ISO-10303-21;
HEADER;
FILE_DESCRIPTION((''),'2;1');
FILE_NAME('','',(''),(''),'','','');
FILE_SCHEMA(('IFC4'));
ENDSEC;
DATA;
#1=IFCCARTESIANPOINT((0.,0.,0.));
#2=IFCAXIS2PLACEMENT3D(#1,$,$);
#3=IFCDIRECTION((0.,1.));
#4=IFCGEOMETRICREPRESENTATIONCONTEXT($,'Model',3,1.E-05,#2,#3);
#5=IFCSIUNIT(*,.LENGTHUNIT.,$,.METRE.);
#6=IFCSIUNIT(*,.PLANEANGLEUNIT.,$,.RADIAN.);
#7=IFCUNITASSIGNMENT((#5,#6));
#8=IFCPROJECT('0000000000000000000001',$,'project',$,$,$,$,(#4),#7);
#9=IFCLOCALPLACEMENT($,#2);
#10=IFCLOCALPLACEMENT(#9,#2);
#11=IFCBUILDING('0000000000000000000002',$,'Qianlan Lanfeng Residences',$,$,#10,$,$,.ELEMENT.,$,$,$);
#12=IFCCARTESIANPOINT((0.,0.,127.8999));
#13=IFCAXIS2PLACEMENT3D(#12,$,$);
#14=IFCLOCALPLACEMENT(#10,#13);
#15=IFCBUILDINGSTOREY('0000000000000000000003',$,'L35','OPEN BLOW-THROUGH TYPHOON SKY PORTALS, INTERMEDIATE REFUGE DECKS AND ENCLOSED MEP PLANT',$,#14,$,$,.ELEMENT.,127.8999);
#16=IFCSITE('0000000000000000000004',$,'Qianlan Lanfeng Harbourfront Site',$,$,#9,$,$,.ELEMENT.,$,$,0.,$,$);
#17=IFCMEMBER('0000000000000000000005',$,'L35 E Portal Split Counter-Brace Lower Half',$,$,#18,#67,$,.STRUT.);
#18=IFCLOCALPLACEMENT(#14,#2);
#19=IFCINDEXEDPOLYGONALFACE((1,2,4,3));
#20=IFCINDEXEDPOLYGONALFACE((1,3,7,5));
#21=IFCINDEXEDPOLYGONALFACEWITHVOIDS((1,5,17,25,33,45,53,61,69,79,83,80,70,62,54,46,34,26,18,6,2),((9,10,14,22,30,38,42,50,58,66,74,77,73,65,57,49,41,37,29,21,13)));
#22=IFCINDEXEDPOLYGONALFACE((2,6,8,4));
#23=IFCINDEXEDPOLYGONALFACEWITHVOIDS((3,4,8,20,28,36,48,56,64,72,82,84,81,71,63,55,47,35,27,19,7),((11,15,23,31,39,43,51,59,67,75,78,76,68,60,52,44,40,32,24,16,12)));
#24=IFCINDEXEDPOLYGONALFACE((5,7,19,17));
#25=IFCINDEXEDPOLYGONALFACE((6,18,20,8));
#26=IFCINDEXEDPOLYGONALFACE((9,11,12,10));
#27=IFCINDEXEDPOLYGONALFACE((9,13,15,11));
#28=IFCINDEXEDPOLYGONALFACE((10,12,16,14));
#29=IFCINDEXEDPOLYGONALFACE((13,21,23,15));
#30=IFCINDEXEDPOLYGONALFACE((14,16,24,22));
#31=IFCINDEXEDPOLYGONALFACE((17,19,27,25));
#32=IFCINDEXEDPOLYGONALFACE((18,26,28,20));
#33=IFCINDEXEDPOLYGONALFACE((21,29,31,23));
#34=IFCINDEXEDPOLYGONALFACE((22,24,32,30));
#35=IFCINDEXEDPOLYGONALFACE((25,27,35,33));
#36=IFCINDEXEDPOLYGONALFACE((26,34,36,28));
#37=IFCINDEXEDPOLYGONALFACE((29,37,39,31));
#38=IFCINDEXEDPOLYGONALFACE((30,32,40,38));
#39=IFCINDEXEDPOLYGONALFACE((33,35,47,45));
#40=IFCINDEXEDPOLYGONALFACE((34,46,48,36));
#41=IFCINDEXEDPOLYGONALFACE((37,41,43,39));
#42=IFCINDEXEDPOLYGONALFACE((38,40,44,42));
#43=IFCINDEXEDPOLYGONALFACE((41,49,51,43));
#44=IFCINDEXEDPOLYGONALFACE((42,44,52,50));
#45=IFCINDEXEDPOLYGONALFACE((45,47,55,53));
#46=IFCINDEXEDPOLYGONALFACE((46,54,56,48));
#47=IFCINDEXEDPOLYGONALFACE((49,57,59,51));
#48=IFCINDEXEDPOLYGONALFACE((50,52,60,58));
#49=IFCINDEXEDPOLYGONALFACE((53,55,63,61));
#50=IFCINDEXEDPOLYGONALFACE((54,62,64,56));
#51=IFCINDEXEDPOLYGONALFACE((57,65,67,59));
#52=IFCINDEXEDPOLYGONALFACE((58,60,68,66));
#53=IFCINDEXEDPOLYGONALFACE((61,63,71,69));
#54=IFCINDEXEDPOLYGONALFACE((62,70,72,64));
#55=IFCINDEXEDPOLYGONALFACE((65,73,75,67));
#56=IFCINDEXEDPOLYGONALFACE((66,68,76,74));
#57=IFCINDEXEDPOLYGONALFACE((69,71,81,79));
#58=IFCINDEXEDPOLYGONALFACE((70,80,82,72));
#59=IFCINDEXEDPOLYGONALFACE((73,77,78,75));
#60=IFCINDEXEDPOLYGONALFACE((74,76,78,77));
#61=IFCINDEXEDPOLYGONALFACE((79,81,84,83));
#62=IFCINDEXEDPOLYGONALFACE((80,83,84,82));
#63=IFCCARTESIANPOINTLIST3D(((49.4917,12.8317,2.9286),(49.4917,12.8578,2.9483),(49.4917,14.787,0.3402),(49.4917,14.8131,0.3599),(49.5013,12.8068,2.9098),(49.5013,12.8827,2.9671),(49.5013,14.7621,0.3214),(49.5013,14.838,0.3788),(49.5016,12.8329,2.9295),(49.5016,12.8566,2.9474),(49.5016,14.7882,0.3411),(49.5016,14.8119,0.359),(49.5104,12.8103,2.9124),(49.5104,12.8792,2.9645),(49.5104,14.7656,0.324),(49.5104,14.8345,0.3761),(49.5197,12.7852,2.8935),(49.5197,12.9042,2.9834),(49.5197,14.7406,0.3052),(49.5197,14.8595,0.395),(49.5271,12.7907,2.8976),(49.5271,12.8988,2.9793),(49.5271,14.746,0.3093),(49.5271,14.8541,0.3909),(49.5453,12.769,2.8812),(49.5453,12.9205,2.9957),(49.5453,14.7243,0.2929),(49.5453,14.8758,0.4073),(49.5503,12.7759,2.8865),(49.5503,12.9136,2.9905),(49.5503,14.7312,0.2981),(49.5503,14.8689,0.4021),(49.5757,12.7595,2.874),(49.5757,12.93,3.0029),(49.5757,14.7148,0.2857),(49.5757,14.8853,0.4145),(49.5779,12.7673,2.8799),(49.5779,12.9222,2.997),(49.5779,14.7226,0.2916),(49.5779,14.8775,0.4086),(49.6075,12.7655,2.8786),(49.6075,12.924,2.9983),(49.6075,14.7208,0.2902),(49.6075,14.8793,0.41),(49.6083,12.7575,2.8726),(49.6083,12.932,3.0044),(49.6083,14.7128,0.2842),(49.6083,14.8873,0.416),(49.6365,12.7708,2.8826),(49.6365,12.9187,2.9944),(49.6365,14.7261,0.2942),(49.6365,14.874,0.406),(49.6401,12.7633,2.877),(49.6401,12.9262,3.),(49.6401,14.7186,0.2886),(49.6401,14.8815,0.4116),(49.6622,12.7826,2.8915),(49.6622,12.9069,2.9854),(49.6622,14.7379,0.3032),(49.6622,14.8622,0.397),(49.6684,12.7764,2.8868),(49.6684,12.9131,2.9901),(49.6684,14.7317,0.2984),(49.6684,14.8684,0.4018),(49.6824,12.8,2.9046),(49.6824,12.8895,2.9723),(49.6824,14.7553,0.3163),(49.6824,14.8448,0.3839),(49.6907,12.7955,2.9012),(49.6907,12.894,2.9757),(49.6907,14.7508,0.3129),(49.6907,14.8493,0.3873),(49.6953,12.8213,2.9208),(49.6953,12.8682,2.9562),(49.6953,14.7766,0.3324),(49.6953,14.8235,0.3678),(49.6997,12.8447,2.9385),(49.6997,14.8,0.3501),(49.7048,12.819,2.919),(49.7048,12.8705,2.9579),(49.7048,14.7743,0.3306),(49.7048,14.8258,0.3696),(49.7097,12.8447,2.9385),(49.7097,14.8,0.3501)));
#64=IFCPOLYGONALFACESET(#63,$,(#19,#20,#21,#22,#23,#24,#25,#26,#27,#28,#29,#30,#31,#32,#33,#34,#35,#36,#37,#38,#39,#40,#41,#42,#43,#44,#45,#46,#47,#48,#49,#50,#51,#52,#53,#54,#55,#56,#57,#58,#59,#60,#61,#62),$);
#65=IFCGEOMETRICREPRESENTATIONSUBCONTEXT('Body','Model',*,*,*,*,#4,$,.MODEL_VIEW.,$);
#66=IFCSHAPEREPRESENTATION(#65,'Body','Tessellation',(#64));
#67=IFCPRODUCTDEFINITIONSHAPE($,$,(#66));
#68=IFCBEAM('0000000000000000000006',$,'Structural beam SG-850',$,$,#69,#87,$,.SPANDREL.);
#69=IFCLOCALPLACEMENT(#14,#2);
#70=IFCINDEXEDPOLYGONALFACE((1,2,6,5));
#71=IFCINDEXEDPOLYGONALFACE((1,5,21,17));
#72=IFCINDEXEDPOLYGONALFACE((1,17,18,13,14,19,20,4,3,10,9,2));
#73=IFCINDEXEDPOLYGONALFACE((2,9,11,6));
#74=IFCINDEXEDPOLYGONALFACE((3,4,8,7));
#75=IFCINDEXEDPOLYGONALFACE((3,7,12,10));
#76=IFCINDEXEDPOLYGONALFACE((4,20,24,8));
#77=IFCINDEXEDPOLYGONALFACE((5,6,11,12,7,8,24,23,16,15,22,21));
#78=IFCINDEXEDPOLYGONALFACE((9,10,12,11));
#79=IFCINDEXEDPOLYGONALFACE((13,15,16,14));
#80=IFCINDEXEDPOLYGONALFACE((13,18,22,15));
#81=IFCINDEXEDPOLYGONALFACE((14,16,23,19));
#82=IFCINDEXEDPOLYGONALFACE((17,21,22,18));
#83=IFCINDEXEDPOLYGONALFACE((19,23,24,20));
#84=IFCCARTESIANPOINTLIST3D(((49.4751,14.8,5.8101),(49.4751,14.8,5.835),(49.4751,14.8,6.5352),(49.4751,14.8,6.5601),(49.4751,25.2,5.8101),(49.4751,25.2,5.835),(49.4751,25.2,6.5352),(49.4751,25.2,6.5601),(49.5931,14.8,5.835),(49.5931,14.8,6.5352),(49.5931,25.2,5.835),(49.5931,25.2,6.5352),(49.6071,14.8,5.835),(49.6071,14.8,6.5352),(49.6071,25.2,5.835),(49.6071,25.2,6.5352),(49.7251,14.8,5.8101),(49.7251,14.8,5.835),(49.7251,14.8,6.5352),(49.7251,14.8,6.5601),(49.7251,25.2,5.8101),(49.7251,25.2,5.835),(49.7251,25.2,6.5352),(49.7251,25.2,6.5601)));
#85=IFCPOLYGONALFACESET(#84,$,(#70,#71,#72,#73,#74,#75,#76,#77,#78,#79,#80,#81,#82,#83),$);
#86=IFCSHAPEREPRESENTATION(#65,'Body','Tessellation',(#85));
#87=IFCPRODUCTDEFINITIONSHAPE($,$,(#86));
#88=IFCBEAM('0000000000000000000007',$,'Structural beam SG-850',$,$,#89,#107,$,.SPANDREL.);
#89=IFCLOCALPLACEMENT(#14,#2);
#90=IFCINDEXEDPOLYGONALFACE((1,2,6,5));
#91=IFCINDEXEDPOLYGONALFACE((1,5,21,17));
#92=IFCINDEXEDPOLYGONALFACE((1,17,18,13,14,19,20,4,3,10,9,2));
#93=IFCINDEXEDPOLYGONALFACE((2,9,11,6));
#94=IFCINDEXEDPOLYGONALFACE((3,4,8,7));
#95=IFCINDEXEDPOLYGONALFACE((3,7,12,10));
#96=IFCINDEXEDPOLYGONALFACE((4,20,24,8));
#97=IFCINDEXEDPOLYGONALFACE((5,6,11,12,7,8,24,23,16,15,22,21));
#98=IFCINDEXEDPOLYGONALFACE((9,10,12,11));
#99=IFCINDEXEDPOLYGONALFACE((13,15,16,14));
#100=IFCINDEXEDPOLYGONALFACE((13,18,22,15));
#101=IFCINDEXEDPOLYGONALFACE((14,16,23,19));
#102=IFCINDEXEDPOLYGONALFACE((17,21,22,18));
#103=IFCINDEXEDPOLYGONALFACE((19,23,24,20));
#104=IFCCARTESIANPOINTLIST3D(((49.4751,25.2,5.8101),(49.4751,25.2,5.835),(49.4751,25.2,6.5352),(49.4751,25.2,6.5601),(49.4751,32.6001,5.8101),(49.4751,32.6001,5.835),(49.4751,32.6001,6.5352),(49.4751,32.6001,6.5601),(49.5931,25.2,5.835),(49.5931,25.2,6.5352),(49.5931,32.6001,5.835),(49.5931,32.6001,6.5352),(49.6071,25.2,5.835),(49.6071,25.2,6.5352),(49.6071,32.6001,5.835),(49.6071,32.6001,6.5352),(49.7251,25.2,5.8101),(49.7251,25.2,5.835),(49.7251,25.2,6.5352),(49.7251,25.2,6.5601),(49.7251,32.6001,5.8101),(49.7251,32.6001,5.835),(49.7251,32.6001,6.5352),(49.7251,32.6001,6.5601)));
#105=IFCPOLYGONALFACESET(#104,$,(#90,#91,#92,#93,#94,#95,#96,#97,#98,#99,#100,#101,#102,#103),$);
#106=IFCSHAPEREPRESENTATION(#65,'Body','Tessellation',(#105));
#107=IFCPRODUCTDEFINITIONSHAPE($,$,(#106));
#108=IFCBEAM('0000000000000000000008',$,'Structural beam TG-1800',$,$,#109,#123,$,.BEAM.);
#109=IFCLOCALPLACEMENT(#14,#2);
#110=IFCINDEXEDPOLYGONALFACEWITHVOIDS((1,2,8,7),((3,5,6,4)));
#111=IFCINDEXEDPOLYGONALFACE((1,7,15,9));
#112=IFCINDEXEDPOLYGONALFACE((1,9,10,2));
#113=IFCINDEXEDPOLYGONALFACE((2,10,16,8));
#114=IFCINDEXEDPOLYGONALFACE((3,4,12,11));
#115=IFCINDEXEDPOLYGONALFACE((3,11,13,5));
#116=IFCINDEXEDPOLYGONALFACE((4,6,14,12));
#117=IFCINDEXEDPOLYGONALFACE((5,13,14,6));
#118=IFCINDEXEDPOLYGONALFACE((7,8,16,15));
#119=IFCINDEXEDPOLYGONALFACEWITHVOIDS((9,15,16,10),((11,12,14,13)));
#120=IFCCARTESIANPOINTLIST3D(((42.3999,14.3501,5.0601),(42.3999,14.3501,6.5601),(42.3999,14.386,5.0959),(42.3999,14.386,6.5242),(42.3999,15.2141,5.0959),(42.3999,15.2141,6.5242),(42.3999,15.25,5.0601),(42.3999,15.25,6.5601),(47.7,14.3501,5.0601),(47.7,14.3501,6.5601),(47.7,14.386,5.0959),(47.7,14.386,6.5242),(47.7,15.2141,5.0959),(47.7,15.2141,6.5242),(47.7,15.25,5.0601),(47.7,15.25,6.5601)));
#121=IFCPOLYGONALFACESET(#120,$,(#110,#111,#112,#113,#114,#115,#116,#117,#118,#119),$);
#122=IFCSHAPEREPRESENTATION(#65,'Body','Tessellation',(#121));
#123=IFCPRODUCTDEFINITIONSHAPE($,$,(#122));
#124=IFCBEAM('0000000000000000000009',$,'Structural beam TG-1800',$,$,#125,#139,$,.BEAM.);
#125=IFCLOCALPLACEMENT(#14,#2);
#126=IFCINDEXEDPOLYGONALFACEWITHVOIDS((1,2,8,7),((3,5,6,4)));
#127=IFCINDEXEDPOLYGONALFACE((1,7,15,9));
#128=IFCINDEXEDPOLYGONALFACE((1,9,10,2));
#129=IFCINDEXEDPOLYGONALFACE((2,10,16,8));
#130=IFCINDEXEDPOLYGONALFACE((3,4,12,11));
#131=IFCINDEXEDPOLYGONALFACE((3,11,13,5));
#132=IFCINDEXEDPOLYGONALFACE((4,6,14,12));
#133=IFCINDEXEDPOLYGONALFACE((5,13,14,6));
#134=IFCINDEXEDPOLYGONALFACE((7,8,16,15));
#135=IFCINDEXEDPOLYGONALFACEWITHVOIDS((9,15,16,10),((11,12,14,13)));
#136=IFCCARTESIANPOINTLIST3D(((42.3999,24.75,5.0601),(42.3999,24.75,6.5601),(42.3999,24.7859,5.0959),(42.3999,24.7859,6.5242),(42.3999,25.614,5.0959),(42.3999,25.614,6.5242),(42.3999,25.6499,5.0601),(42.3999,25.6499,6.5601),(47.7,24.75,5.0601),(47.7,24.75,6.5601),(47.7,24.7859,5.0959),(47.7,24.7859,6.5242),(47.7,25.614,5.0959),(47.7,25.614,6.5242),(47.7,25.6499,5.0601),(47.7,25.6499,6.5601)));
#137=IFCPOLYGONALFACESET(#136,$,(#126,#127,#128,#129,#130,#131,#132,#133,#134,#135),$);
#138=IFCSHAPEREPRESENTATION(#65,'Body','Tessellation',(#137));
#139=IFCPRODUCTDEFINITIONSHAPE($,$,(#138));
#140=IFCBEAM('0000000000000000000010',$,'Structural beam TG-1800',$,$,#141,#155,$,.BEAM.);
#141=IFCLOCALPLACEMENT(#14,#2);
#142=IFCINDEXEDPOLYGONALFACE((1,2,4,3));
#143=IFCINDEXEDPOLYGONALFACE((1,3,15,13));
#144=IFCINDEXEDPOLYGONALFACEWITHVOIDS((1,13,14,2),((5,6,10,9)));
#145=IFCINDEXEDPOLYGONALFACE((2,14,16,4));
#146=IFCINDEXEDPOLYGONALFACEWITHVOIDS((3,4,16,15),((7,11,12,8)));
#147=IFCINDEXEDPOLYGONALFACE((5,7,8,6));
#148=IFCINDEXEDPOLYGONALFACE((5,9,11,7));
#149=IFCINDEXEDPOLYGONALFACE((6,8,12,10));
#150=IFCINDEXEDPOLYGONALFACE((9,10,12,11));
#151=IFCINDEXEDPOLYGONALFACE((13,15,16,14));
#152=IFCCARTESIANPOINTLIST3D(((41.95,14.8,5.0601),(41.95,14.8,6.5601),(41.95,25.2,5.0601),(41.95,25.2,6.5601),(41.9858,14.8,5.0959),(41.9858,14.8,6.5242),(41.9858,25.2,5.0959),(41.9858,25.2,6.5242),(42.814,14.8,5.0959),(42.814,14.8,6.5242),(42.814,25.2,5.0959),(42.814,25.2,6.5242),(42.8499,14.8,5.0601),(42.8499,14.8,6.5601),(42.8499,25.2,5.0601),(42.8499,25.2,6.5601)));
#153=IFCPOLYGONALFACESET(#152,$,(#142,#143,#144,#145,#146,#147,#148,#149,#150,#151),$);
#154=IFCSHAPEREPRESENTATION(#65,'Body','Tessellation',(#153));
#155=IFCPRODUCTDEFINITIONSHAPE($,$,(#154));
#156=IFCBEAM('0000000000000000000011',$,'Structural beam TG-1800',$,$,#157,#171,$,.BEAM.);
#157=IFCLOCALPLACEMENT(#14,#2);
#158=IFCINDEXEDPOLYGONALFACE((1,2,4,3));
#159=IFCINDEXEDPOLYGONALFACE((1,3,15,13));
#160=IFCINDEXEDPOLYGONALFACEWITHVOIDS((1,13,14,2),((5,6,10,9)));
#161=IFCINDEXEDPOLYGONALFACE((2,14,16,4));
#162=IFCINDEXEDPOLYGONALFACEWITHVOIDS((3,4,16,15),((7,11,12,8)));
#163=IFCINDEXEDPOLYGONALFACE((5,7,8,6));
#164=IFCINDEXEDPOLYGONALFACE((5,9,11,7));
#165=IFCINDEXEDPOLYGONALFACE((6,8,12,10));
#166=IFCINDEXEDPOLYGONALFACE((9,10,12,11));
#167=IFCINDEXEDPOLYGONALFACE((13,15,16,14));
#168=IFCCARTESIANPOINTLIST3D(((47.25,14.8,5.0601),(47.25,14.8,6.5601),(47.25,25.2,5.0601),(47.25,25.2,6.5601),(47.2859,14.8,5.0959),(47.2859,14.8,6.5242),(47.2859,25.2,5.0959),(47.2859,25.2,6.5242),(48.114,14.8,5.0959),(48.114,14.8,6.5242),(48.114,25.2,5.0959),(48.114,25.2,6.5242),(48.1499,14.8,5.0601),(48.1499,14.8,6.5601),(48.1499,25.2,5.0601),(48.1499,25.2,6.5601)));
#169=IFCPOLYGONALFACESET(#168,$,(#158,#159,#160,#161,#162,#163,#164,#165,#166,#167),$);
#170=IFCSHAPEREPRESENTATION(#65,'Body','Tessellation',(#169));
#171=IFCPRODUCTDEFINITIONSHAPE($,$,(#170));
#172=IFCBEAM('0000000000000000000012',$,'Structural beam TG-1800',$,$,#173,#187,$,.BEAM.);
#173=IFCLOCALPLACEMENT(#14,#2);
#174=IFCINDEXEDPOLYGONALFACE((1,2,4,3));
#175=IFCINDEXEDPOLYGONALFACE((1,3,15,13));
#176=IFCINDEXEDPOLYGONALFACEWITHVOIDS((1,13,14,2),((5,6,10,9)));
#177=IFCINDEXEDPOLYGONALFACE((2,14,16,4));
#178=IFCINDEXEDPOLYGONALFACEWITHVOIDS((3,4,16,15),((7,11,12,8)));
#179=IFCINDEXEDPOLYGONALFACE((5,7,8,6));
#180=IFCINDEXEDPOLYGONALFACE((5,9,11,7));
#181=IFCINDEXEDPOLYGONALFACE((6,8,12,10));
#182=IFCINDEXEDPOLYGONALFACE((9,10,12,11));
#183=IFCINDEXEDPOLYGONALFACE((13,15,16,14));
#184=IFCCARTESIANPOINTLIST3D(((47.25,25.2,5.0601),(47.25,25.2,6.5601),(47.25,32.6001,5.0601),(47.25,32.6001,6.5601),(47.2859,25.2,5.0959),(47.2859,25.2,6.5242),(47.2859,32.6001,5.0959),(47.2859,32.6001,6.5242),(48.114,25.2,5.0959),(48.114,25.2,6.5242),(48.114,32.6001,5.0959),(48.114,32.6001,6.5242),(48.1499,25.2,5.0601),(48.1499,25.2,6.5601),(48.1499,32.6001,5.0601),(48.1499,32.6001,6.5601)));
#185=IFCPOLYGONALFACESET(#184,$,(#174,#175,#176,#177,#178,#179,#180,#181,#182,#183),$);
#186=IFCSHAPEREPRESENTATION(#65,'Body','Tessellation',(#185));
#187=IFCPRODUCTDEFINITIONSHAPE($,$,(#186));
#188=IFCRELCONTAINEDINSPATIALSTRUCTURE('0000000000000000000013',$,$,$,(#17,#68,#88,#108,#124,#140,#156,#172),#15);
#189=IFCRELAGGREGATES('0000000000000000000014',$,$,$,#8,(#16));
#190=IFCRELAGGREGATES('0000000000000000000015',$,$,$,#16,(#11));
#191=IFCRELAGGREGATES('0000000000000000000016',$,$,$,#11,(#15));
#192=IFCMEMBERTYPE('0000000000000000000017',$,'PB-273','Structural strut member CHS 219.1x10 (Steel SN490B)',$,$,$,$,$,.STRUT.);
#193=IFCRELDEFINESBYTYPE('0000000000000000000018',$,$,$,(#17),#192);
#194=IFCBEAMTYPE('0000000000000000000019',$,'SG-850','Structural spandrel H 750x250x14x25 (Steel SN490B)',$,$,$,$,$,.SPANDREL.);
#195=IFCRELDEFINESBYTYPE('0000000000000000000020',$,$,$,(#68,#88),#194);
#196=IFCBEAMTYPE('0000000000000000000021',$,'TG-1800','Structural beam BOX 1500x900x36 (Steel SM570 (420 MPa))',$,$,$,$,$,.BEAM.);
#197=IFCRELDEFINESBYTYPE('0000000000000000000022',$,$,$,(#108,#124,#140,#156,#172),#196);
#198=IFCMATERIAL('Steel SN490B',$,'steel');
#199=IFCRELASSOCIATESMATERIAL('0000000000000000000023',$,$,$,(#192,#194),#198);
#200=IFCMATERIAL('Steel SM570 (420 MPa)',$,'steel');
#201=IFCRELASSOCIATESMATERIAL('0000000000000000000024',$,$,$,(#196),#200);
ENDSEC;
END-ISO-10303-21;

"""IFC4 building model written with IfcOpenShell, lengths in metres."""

from ifc_helpers import new_model, si_unit, direction, frame, origin, origin_2d, place, context, subcontext, project, spatial, hollow_rectangle, hollow_circle, i_section, extrude, material, material_profile, profile_set, type_object, element, save


model = new_model("IFC4")

# Units and contexts
model_context = context("Model", 3, precision=1e-05, world=origin(), true_north=direction((0.0, 1.0)))
body_context = subcontext(model_context, "Body", "Model", "MODEL_VIEW")
ifc_project = project(units=[si_unit("LENGTHUNIT", "METRE"), si_unit("PLANEANGLEUNIT", "RADIAN")], contexts=[model_context])

# Site, building, storey
site_placement = place(None, origin())
site = spatial("IfcSite", under=ifc_project, at=site_placement, Name="Qianlan Lanfeng Harbourfront Site", CompositionType="ELEMENT", RefElevation=0.0)
building_placement = place(site_placement, origin())
building = spatial("IfcBuilding", under=site, at=building_placement, Name="Qianlan Lanfeng Residences", CompositionType="ELEMENT")
storey_placement = place(building_placement, frame((0.0, 0.0, 127.8999)))
storey = spatial("IfcBuildingStorey", under=building, at=storey_placement, Name="L35", Description="OPEN BLOW-THROUGH TYPHOON SKY PORTALS, INTERMEDIATE REFUGE DECKS AND ENCLOSED MEP PLANT", CompositionType="ELEMENT", Elevation=127.8999)

# Shared definitions
ifc_material_1 = material(Name="Steel SN490B", Category="steel")

# Member
ifc_material_profile_1 = material_profile(ifc_material_1, hollow_circle(Radius=0.1096, WallThickness=0.01, at=origin_2d()), Name="CHS 219.1x10")
ifc_profile_set_1 = profile_set([ifc_material_profile_1], Name="Steel SN490B")
member_type = type_object("IfcMemberType", Name="PB-273", Description="Structural strut member CHS 219.1x10 (Steel SN490B)", PredefinedType="STRUT", material=ifc_profile_set_1)
member_placement = place(storey_placement, frame((49.6001, 14.8, 0.3501), z_axis=(0.0, -0.602766, 0.797918), x_axis=(1.0, 0.0, 0.0)))
element("IfcMember", 1, at=member_placement, inside=storey, type_object=member_type, Name="L35 E Portal Split Counter-Brace Lower Half", PredefinedType="STRUT", context=body_context, shape_type="SweptSolid", body=[
    extrude(hollow_circle(Radius=0.1096, WallThickness=0.01, at=origin_2d()), origin(), (0.0, 0.0, 1.0), 3.2439),
])

# Beams
ifc_material_profile_2 = material_profile(ifc_material_1, i_section(OverallWidth=0.25, OverallDepth=0.75, WebThickness=0.0139, FlangeThickness=0.0249, at=origin_2d()), Name="H 750x250x14x25")
ifc_profile_set_2 = profile_set([ifc_material_profile_2], Name="Steel SN490B")
beam_type_1 = type_object("IfcBeamType", Name="SG-850", Description="Structural spandrel H 750x250x14x25 (Steel SN490B)", PredefinedType="SPANDREL", material=ifc_profile_set_2)
beam_1_placement = place(storey_placement, frame((49.6001, 14.8, 6.1851), z_axis=(0.0, 1.0, 0.0), x_axis=(-1.0, 0.0, 0.0)))
element("IfcBeam", 2, at=beam_1_placement, inside=storey, type_object=beam_type_1, Name="Structural beam SG-850", PredefinedType="SPANDREL", context=body_context, shape_type="SweptSolid", body=[
    extrude(i_section(OverallWidth=0.25, OverallDepth=0.75, WebThickness=0.0139, FlangeThickness=0.0249, at=origin_2d()), origin(), (0.0, 0.0, 1.0), 10.3999),
])
beam_2_placement = place(storey_placement, frame((49.6001, 25.2, 6.1851), z_axis=(0.0, 1.0, 0.0), x_axis=(-1.0, 0.0, 0.0)))
element("IfcBeam", 3, at=beam_2_placement, inside=storey, type_object=beam_type_1, Name="Structural beam SG-850", PredefinedType="SPANDREL", context=body_context, shape_type="SweptSolid", body=[
    extrude(i_section(OverallWidth=0.25, OverallDepth=0.75, WebThickness=0.0139, FlangeThickness=0.0249, at=origin_2d()), origin(), (0.0, 0.0, 1.0), 7.4001),
])
ifc_material_2 = material(Name="Steel SM570 (420 MPa)", Category="steel")
ifc_material_profile_3 = material_profile(ifc_material_2, hollow_rectangle(XDim=0.8999, YDim=1.5, WallThickness=0.0359, at=origin_2d()), Name="BOX 1500x900x36")
ifc_profile_set_3 = profile_set([ifc_material_profile_3], Name="Steel SM570 (420 MPa)")
beam_type_2 = type_object("IfcBeamType", Name="TG-1800", Description="Structural beam BOX 1500x900x36 (Steel SM570 (420 MPa))", PredefinedType="BEAM", material=ifc_profile_set_3)
for number, where, z_axis, x_axis, name in (
    (4, (42.3999, 14.8, 5.8101), (1.0, 0.0, 0.0), (0.0, 1.0, 0.0), "Structural beam TG-1800"),
    (5, (42.3999, 25.2, 5.8101), (1.0, 0.0, 0.0), (0.0, 1.0, 0.0), "Structural beam TG-1800"),
):
    element("IfcBeam", number, at=place(storey_placement, frame(where, z_axis=z_axis, x_axis=x_axis)), inside=storey, type_object=beam_type_2, Name=name, PredefinedType="BEAM", context=body_context, shape_type="SweptSolid", body=[
        extrude(hollow_rectangle(XDim=0.8999, YDim=1.5, WallThickness=0.0359, at=origin_2d()), origin(), (0.0, 0.0, 1.0), 5.3),
    ])
for number, where, z_axis, x_axis, name in (
    (6, (42.3999, 14.8, 5.8101), (0.0, 1.0, 0.0), (-1.0, 0.0, 0.0), "Structural beam TG-1800"),
    (7, (47.7, 14.8, 5.8101), (0.0, 1.0, 0.0), (-1.0, 0.0, 0.0), "Structural beam TG-1800"),
):
    element("IfcBeam", number, at=place(storey_placement, frame(where, z_axis=z_axis, x_axis=x_axis)), inside=storey, type_object=beam_type_2, Name=name, PredefinedType="BEAM", context=body_context, shape_type="SweptSolid", body=[
        extrude(hollow_rectangle(XDim=0.8999, YDim=1.5, WallThickness=0.0359, at=origin_2d()), origin(), (0.0, 0.0, 1.0), 10.3999),
    ])
beam_3_placement = place(storey_placement, frame((47.7, 25.2, 5.8101), z_axis=(0.0, 1.0, 0.0), x_axis=(-1.0, 0.0, 0.0)))
element("IfcBeam", 8, at=beam_3_placement, inside=storey, type_object=beam_type_2, Name="Structural beam TG-1800", PredefinedType="BEAM", context=body_context, shape_type="SweptSolid", body=[
    extrude(hollow_rectangle(XDim=0.8999, YDim=1.5, WallThickness=0.0359, at=origin_2d()), origin(), (0.0, 0.0, 1.0), 7.4001),
])

save(model, "model.ifc")
